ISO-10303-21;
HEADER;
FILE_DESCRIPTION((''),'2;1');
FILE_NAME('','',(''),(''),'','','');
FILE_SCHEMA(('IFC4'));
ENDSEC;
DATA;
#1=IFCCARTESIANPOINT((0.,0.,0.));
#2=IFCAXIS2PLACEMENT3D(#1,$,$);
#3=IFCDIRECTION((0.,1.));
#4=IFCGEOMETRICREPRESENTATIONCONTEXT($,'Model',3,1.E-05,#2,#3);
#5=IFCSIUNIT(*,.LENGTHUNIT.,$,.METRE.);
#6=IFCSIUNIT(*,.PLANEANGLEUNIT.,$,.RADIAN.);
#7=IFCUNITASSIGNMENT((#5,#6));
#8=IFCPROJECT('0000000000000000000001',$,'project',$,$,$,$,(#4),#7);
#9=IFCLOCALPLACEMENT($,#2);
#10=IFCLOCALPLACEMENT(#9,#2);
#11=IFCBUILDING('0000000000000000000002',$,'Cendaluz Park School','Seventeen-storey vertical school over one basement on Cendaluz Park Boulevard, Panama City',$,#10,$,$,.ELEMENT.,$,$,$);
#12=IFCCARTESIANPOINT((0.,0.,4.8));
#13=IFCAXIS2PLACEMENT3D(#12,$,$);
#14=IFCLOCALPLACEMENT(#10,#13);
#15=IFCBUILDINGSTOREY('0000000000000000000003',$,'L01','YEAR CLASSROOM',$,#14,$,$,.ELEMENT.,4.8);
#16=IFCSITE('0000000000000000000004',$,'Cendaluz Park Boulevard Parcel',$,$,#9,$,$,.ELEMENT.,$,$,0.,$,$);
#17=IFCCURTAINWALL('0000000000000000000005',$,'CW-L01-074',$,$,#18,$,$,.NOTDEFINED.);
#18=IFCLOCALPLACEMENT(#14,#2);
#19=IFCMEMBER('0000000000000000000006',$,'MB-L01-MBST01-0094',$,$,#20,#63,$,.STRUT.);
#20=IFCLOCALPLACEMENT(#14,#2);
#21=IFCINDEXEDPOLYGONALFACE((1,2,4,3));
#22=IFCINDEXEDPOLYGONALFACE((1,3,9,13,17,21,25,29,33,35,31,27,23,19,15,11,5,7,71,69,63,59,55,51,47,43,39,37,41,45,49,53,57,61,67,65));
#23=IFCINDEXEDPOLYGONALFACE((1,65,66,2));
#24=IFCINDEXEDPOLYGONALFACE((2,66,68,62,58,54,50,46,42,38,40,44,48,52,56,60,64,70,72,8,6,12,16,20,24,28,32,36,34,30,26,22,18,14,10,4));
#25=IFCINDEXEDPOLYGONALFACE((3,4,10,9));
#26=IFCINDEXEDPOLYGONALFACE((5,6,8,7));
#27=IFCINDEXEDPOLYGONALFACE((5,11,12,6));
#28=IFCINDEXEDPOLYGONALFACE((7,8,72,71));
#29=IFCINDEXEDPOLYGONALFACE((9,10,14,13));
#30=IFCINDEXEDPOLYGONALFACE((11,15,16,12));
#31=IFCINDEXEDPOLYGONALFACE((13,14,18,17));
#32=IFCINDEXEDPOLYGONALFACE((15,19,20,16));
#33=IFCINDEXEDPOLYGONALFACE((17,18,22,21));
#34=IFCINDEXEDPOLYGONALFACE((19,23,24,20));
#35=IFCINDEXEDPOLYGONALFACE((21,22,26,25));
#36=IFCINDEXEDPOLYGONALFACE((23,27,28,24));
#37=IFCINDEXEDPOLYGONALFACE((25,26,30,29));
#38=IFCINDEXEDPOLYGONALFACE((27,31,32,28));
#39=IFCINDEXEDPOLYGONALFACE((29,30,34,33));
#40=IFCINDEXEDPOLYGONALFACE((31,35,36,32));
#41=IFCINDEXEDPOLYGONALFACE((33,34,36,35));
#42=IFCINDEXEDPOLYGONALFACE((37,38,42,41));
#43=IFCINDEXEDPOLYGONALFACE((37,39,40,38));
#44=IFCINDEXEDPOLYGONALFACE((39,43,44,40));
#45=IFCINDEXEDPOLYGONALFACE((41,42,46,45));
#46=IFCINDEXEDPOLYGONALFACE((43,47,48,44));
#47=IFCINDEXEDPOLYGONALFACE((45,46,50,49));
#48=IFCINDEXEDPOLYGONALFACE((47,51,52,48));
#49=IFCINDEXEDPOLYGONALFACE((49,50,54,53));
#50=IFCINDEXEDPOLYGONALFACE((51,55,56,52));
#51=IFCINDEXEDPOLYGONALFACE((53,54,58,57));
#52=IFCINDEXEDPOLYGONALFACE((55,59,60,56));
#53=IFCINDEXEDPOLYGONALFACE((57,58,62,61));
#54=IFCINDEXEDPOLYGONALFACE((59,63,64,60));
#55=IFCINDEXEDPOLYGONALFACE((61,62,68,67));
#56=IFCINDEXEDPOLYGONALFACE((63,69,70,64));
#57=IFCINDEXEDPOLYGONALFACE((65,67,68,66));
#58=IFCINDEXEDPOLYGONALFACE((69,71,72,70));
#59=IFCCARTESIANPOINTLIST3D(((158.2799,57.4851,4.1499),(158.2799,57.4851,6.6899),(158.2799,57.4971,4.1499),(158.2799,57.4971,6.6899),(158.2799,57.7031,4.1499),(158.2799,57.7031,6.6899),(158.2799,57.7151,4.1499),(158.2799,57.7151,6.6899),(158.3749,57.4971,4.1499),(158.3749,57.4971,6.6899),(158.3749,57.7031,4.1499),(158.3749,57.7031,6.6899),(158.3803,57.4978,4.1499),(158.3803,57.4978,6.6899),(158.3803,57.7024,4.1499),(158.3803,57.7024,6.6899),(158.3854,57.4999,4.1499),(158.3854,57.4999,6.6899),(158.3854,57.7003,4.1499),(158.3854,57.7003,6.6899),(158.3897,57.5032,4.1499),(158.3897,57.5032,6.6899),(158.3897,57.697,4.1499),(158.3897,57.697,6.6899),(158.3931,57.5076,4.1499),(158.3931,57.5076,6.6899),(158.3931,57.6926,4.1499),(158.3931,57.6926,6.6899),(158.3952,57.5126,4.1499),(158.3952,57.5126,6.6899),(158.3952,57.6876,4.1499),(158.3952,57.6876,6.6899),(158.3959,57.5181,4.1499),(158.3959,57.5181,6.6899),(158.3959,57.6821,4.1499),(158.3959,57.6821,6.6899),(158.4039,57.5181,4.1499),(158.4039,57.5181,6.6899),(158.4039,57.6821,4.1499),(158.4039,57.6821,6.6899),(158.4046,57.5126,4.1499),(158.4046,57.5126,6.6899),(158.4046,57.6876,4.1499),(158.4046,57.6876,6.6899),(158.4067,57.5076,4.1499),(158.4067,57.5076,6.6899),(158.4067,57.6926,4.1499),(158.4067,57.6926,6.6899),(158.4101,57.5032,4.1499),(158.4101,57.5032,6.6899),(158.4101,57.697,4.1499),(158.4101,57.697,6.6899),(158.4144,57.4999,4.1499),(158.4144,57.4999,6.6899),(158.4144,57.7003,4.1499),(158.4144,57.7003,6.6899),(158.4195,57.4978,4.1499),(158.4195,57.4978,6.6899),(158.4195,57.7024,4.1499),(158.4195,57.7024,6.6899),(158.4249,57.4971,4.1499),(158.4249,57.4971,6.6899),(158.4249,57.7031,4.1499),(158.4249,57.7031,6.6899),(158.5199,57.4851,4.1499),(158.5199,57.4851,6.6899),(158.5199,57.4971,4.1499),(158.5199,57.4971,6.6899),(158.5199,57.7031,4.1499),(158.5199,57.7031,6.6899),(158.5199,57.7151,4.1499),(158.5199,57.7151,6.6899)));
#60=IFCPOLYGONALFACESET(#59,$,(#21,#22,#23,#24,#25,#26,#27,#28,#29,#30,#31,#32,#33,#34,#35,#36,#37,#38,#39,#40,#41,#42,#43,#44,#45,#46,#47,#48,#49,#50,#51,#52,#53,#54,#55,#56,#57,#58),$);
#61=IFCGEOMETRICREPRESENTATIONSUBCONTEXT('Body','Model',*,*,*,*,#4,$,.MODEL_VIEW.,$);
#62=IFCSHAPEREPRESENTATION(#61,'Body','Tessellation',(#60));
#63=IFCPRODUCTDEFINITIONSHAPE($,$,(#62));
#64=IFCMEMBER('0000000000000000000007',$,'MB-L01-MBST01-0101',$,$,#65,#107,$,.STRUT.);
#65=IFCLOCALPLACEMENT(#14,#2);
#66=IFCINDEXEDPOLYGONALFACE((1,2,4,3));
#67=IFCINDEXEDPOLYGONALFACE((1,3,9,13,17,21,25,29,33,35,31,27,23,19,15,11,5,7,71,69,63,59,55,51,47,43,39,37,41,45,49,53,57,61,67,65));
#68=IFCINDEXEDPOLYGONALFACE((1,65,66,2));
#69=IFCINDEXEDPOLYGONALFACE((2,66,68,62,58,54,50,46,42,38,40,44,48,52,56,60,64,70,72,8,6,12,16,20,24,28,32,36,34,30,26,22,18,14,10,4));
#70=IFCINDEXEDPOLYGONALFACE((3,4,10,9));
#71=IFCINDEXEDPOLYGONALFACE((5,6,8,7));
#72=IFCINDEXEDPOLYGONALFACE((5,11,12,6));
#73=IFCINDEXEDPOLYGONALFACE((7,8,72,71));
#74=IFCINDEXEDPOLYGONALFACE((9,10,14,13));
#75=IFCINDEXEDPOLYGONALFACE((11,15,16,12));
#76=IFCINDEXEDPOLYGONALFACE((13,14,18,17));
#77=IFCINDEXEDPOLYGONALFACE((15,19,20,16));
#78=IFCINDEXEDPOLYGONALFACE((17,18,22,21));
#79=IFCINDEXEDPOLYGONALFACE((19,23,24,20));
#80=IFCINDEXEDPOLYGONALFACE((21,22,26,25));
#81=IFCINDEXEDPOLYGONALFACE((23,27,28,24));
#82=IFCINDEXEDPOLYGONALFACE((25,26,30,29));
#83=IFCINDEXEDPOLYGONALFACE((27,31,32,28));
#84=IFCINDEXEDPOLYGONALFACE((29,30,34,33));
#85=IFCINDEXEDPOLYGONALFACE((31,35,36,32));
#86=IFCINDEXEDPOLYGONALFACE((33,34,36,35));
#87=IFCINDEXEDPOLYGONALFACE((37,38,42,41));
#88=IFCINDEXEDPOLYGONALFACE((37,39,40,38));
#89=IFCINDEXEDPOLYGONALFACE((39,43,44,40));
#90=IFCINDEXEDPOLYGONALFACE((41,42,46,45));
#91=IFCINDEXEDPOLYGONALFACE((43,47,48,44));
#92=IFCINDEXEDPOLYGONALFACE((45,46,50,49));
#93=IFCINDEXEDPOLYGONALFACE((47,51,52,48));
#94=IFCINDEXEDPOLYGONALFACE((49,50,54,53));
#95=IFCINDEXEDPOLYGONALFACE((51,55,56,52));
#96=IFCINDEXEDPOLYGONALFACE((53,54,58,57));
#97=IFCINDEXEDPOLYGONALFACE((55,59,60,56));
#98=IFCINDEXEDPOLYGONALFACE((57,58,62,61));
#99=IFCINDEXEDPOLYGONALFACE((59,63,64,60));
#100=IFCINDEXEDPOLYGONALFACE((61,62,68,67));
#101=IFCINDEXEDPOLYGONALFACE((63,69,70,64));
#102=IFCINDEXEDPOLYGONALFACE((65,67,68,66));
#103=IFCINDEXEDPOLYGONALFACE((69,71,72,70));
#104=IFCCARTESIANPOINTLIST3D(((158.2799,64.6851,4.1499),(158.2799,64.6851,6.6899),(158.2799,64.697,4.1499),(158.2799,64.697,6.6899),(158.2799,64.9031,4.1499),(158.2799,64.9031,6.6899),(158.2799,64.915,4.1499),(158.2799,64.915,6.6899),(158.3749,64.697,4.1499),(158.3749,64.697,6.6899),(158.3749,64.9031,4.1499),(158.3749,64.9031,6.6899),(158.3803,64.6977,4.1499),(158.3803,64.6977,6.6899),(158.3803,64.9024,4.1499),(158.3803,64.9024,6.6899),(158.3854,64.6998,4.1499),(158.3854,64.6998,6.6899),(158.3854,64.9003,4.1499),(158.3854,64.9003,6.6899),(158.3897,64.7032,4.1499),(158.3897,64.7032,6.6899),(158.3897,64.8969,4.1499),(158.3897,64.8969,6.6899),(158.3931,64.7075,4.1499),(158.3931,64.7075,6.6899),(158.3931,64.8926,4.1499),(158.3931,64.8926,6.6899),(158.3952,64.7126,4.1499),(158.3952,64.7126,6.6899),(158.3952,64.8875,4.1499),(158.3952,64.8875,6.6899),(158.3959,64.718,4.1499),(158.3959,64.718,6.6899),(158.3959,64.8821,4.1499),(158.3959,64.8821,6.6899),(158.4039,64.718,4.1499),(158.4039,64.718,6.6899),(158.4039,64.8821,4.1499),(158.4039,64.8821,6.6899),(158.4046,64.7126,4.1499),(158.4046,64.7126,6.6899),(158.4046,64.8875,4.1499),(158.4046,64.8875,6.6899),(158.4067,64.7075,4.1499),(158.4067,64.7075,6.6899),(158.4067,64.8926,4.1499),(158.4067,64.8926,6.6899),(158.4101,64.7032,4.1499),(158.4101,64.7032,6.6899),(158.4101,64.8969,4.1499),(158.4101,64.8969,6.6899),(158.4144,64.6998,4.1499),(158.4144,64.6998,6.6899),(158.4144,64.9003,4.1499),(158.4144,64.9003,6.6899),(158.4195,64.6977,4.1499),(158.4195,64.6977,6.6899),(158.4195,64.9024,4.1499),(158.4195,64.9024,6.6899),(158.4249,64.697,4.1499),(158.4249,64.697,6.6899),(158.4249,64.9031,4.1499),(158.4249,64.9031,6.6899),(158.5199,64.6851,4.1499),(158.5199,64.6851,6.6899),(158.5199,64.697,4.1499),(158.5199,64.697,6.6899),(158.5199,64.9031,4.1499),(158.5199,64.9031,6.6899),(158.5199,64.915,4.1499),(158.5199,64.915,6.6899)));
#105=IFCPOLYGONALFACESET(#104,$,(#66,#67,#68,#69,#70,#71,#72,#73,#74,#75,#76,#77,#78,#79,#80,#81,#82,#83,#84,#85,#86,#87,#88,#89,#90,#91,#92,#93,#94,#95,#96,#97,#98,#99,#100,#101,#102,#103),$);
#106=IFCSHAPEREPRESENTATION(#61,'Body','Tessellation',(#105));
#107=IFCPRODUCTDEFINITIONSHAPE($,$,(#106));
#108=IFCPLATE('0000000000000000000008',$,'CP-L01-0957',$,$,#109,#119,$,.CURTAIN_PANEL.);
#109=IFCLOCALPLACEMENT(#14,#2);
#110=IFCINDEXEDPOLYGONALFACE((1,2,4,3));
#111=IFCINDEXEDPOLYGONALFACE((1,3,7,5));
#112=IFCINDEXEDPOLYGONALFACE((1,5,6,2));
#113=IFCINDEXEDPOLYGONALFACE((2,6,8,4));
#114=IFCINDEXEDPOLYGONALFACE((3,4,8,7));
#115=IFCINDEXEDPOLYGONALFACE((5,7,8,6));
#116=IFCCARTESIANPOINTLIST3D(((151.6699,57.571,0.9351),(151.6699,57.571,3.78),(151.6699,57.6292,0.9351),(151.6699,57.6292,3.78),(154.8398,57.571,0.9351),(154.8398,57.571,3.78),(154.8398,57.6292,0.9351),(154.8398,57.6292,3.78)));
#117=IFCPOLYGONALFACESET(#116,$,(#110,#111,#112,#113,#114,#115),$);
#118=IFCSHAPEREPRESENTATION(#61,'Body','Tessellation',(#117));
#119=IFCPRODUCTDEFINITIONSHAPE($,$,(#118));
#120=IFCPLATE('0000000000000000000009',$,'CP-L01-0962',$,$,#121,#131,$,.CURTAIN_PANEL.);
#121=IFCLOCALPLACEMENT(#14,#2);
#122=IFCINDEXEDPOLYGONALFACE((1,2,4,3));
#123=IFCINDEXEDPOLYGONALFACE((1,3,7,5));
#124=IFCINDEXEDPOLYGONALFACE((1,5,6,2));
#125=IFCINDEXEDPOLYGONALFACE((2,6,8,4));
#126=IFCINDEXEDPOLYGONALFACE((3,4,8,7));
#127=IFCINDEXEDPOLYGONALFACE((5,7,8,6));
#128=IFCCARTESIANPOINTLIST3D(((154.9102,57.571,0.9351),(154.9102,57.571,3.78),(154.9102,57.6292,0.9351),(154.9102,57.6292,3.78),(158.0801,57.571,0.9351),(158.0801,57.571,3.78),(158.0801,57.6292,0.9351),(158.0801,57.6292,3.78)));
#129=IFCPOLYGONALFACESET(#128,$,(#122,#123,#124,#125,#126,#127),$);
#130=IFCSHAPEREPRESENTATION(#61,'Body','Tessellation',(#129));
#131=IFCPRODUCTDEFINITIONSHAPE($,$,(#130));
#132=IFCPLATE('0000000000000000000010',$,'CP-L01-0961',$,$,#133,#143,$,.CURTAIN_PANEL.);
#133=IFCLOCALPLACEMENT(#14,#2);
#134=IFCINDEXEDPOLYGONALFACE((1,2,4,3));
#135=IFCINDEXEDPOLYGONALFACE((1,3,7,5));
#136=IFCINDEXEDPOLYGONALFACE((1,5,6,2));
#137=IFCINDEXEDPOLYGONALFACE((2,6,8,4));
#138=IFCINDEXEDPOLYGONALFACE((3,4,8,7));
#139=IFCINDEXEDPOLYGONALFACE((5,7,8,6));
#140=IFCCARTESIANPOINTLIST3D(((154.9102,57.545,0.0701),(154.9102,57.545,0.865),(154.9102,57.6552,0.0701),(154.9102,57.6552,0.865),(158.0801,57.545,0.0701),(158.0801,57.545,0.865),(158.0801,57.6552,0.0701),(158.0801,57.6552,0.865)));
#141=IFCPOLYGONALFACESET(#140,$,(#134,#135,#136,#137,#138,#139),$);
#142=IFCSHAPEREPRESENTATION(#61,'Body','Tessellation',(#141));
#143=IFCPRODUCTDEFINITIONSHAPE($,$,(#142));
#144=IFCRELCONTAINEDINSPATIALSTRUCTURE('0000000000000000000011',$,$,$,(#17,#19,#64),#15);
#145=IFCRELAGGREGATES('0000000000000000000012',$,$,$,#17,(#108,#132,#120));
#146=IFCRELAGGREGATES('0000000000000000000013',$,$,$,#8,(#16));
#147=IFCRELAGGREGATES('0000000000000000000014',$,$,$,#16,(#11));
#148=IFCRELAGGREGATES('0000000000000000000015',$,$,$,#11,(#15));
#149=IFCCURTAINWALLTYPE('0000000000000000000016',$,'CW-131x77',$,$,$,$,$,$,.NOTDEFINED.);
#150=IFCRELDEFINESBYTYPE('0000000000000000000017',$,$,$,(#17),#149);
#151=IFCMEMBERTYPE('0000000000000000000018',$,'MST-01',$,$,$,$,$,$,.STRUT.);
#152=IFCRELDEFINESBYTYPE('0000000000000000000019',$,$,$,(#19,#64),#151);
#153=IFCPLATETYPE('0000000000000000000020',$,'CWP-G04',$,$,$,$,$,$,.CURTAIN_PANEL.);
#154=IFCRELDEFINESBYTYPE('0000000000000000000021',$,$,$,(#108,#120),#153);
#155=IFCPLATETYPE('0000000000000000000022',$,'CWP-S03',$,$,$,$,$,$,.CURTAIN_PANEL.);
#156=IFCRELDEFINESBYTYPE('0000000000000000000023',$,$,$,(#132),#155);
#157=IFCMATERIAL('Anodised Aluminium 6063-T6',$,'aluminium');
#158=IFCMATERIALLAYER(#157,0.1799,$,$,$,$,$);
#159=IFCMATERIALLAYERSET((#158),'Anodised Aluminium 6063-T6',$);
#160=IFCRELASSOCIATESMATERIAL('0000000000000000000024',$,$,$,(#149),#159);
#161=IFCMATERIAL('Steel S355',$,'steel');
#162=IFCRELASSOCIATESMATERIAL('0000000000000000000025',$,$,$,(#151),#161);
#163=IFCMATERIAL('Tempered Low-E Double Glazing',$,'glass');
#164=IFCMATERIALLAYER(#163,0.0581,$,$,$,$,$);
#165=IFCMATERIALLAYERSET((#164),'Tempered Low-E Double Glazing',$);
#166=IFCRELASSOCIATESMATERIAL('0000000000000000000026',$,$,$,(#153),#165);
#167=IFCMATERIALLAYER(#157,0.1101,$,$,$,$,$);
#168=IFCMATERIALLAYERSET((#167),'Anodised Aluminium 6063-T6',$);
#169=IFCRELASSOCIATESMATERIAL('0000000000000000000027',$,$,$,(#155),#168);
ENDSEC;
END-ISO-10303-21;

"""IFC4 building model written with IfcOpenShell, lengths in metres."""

from ifc_helpers import new_model, si_unit, direction, frame, origin, origin_2d, place, context, subcontext, project, spatial, rectangle, i_section, extrude, material, layer, layer_set, material_profile, profile_set, type_object, element, aggregate, save


model = new_model("IFC4")

# Units and contexts
model_context = context("Model", 3, precision=1e-05, world=origin(), true_north=direction((0.0, 1.0)))
body_context = subcontext(model_context, "Body", "Model", "MODEL_VIEW")
ifc_project = project(units=[si_unit("LENGTHUNIT", "METRE"), si_unit("PLANEANGLEUNIT", "RADIAN")], contexts=[model_context])

# Site, building, storey
site_placement = place(None, origin())
site = spatial("IfcSite", under=ifc_project, at=site_placement, Name="Cendaluz Park Boulevard Parcel", CompositionType="ELEMENT", RefElevation=0.0)
building_placement = place(site_placement, origin())
building = spatial("IfcBuilding", under=site, at=building_placement, Name="Cendaluz Park School", Description="Seventeen-storey vertical school over one basement on Cendaluz Park Boulevard, Panama City", CompositionType="ELEMENT")
storey_placement = place(building_placement, frame((0.0, 0.0, 4.8)))
storey = spatial("IfcBuildingStorey", under=building, at=storey_placement, Name="L01", Description="YEAR CLASSROOM", CompositionType="ELEMENT", Elevation=4.8)

# Curtain wall
ifc_material_1 = material(Name="Anodised Aluminium 6063-T6", Category="aluminium")
ifc_layer_1 = layer(ifc_material_1, 0.1799)
ifc_layer_set_1 = layer_set([ifc_layer_1], Name="Anodised Aluminium 6063-T6")
curtain_wall_type_1 = type_object("IfcCurtainWallType", Name="CW-131x77", PredefinedType="NOTDEFINED", material=ifc_layer_set_1)
curtain_wall_1_placement = place(storey_placement, origin())
curtain_wall_1 = element("IfcCurtainWall", 1, at=curtain_wall_1_placement, inside=storey, type_object=curtain_wall_type_1, Name="CW-L01-074", PredefinedType="NOTDEFINED")

# Members
ifc_material_2 = material(Name="Steel S355", Category="steel")
ifc_material_profile_1 = material_profile(ifc_material_2, i_section(OverallWidth=0.24, OverallDepth=0.23, WebThickness=0.0081, FlangeThickness=0.012, FilletRadius=0.021, at=origin_2d()), Name="HEA 240", Category="steel")
ifc_profile_set_1 = profile_set([ifc_material_profile_1], Name="Steel S355")
member_type_1 = type_object("IfcMemberType", Name="MST-01", PredefinedType="STRUT", material=ifc_profile_set_1)
for number, where, z_axis, x_axis, name in (
    (2, (158.3999, 57.6001, 4.1499), (0.0, 0.0, 1.0), (1.0, 0.0, 0.0), "MB-L01-MBST01-0094"),
    (3, (158.3999, 64.8, 4.1499), (0.0, 0.0, 1.0), (1.0, 0.0, 0.0), "MB-L01-MBST01-0101"),
):
    element("IfcMember", number, at=place(storey_placement, frame(where, z_axis=z_axis, x_axis=x_axis)), inside=storey, type_object=member_type_1, Name=name, PredefinedType="STRUT", context=body_context, shape_type="SweptSolid", body=[
        extrude(i_section(OverallWidth=0.24, OverallDepth=0.23, WebThickness=0.0081, FlangeThickness=0.012, FilletRadius=0.021, at=origin_2d()), origin(), (0.0, 0.0, 1.0), 2.54),
    ])

# Plates
ifc_material_3 = material(Name="Tempered Low-E Double Glazing", Category="glass")
ifc_layer_2 = layer(ifc_material_3, 0.0581)
ifc_layer_set_2 = layer_set([ifc_layer_2], Name="Tempered Low-E Double Glazing")
plate_type_1 = type_object("IfcPlateType", Name="CWP-G04", PredefinedType="CURTAIN_PANEL", material=ifc_layer_set_2)
plate_1_placement = place(storey_placement, frame((153.2549, 57.6001, 0.9351), z_axis=(0.0, 0.0, 1.0), x_axis=(1.0, 0.0, 0.0)))
plate_1 = element("IfcPlate", 4, at=plate_1_placement, type_object=plate_type_1, Name="CP-L01-0957", PredefinedType="CURTAIN_PANEL", context=body_context, shape_type="SweptSolid", body=[
    extrude(rectangle(XDim=3.1699, YDim=0.0581, at=origin_2d()), origin(), (0.0, 0.0, 1.0), 2.845),
])
plate_2_placement = place(storey_placement, frame((156.4951, 57.6001, 0.9351), z_axis=(0.0, 0.0, 1.0), x_axis=(1.0, 0.0, 0.0)))
plate_2 = element("IfcPlate", 5, at=plate_2_placement, type_object=plate_type_1, Name="CP-L01-0962", PredefinedType="CURTAIN_PANEL", context=body_context, shape_type="SweptSolid", body=[
    extrude(rectangle(XDim=3.1699, YDim=0.0581, at=origin_2d()), origin(), (0.0, 0.0, 1.0), 2.845),
])
ifc_layer_3 = layer(ifc_material_1, 0.1101)
ifc_layer_set_3 = layer_set([ifc_layer_3], Name="Anodised Aluminium 6063-T6")
plate_type_2 = type_object("IfcPlateType", Name="CWP-S03", PredefinedType="CURTAIN_PANEL", material=ifc_layer_set_3)
plate_3_placement = place(storey_placement, frame((156.4951, 57.6001, 0.0701), z_axis=(0.0, 0.0, 1.0), x_axis=(1.0, 0.0, 0.0)))
plate_3 = element("IfcPlate", 6, at=plate_3_placement, type_object=plate_type_2, Name="CP-L01-0961", PredefinedType="CURTAIN_PANEL", context=body_context, shape_type="SweptSolid", body=[
    extrude(rectangle(XDim=3.1699, YDim=0.1101, at=origin_2d()), origin(), (0.0, 0.0, 1.0), 0.7949),
])
aggregate(curtain_wall_1, [plate_1, plate_3, plate_2])

save(model, "model.ifc")
